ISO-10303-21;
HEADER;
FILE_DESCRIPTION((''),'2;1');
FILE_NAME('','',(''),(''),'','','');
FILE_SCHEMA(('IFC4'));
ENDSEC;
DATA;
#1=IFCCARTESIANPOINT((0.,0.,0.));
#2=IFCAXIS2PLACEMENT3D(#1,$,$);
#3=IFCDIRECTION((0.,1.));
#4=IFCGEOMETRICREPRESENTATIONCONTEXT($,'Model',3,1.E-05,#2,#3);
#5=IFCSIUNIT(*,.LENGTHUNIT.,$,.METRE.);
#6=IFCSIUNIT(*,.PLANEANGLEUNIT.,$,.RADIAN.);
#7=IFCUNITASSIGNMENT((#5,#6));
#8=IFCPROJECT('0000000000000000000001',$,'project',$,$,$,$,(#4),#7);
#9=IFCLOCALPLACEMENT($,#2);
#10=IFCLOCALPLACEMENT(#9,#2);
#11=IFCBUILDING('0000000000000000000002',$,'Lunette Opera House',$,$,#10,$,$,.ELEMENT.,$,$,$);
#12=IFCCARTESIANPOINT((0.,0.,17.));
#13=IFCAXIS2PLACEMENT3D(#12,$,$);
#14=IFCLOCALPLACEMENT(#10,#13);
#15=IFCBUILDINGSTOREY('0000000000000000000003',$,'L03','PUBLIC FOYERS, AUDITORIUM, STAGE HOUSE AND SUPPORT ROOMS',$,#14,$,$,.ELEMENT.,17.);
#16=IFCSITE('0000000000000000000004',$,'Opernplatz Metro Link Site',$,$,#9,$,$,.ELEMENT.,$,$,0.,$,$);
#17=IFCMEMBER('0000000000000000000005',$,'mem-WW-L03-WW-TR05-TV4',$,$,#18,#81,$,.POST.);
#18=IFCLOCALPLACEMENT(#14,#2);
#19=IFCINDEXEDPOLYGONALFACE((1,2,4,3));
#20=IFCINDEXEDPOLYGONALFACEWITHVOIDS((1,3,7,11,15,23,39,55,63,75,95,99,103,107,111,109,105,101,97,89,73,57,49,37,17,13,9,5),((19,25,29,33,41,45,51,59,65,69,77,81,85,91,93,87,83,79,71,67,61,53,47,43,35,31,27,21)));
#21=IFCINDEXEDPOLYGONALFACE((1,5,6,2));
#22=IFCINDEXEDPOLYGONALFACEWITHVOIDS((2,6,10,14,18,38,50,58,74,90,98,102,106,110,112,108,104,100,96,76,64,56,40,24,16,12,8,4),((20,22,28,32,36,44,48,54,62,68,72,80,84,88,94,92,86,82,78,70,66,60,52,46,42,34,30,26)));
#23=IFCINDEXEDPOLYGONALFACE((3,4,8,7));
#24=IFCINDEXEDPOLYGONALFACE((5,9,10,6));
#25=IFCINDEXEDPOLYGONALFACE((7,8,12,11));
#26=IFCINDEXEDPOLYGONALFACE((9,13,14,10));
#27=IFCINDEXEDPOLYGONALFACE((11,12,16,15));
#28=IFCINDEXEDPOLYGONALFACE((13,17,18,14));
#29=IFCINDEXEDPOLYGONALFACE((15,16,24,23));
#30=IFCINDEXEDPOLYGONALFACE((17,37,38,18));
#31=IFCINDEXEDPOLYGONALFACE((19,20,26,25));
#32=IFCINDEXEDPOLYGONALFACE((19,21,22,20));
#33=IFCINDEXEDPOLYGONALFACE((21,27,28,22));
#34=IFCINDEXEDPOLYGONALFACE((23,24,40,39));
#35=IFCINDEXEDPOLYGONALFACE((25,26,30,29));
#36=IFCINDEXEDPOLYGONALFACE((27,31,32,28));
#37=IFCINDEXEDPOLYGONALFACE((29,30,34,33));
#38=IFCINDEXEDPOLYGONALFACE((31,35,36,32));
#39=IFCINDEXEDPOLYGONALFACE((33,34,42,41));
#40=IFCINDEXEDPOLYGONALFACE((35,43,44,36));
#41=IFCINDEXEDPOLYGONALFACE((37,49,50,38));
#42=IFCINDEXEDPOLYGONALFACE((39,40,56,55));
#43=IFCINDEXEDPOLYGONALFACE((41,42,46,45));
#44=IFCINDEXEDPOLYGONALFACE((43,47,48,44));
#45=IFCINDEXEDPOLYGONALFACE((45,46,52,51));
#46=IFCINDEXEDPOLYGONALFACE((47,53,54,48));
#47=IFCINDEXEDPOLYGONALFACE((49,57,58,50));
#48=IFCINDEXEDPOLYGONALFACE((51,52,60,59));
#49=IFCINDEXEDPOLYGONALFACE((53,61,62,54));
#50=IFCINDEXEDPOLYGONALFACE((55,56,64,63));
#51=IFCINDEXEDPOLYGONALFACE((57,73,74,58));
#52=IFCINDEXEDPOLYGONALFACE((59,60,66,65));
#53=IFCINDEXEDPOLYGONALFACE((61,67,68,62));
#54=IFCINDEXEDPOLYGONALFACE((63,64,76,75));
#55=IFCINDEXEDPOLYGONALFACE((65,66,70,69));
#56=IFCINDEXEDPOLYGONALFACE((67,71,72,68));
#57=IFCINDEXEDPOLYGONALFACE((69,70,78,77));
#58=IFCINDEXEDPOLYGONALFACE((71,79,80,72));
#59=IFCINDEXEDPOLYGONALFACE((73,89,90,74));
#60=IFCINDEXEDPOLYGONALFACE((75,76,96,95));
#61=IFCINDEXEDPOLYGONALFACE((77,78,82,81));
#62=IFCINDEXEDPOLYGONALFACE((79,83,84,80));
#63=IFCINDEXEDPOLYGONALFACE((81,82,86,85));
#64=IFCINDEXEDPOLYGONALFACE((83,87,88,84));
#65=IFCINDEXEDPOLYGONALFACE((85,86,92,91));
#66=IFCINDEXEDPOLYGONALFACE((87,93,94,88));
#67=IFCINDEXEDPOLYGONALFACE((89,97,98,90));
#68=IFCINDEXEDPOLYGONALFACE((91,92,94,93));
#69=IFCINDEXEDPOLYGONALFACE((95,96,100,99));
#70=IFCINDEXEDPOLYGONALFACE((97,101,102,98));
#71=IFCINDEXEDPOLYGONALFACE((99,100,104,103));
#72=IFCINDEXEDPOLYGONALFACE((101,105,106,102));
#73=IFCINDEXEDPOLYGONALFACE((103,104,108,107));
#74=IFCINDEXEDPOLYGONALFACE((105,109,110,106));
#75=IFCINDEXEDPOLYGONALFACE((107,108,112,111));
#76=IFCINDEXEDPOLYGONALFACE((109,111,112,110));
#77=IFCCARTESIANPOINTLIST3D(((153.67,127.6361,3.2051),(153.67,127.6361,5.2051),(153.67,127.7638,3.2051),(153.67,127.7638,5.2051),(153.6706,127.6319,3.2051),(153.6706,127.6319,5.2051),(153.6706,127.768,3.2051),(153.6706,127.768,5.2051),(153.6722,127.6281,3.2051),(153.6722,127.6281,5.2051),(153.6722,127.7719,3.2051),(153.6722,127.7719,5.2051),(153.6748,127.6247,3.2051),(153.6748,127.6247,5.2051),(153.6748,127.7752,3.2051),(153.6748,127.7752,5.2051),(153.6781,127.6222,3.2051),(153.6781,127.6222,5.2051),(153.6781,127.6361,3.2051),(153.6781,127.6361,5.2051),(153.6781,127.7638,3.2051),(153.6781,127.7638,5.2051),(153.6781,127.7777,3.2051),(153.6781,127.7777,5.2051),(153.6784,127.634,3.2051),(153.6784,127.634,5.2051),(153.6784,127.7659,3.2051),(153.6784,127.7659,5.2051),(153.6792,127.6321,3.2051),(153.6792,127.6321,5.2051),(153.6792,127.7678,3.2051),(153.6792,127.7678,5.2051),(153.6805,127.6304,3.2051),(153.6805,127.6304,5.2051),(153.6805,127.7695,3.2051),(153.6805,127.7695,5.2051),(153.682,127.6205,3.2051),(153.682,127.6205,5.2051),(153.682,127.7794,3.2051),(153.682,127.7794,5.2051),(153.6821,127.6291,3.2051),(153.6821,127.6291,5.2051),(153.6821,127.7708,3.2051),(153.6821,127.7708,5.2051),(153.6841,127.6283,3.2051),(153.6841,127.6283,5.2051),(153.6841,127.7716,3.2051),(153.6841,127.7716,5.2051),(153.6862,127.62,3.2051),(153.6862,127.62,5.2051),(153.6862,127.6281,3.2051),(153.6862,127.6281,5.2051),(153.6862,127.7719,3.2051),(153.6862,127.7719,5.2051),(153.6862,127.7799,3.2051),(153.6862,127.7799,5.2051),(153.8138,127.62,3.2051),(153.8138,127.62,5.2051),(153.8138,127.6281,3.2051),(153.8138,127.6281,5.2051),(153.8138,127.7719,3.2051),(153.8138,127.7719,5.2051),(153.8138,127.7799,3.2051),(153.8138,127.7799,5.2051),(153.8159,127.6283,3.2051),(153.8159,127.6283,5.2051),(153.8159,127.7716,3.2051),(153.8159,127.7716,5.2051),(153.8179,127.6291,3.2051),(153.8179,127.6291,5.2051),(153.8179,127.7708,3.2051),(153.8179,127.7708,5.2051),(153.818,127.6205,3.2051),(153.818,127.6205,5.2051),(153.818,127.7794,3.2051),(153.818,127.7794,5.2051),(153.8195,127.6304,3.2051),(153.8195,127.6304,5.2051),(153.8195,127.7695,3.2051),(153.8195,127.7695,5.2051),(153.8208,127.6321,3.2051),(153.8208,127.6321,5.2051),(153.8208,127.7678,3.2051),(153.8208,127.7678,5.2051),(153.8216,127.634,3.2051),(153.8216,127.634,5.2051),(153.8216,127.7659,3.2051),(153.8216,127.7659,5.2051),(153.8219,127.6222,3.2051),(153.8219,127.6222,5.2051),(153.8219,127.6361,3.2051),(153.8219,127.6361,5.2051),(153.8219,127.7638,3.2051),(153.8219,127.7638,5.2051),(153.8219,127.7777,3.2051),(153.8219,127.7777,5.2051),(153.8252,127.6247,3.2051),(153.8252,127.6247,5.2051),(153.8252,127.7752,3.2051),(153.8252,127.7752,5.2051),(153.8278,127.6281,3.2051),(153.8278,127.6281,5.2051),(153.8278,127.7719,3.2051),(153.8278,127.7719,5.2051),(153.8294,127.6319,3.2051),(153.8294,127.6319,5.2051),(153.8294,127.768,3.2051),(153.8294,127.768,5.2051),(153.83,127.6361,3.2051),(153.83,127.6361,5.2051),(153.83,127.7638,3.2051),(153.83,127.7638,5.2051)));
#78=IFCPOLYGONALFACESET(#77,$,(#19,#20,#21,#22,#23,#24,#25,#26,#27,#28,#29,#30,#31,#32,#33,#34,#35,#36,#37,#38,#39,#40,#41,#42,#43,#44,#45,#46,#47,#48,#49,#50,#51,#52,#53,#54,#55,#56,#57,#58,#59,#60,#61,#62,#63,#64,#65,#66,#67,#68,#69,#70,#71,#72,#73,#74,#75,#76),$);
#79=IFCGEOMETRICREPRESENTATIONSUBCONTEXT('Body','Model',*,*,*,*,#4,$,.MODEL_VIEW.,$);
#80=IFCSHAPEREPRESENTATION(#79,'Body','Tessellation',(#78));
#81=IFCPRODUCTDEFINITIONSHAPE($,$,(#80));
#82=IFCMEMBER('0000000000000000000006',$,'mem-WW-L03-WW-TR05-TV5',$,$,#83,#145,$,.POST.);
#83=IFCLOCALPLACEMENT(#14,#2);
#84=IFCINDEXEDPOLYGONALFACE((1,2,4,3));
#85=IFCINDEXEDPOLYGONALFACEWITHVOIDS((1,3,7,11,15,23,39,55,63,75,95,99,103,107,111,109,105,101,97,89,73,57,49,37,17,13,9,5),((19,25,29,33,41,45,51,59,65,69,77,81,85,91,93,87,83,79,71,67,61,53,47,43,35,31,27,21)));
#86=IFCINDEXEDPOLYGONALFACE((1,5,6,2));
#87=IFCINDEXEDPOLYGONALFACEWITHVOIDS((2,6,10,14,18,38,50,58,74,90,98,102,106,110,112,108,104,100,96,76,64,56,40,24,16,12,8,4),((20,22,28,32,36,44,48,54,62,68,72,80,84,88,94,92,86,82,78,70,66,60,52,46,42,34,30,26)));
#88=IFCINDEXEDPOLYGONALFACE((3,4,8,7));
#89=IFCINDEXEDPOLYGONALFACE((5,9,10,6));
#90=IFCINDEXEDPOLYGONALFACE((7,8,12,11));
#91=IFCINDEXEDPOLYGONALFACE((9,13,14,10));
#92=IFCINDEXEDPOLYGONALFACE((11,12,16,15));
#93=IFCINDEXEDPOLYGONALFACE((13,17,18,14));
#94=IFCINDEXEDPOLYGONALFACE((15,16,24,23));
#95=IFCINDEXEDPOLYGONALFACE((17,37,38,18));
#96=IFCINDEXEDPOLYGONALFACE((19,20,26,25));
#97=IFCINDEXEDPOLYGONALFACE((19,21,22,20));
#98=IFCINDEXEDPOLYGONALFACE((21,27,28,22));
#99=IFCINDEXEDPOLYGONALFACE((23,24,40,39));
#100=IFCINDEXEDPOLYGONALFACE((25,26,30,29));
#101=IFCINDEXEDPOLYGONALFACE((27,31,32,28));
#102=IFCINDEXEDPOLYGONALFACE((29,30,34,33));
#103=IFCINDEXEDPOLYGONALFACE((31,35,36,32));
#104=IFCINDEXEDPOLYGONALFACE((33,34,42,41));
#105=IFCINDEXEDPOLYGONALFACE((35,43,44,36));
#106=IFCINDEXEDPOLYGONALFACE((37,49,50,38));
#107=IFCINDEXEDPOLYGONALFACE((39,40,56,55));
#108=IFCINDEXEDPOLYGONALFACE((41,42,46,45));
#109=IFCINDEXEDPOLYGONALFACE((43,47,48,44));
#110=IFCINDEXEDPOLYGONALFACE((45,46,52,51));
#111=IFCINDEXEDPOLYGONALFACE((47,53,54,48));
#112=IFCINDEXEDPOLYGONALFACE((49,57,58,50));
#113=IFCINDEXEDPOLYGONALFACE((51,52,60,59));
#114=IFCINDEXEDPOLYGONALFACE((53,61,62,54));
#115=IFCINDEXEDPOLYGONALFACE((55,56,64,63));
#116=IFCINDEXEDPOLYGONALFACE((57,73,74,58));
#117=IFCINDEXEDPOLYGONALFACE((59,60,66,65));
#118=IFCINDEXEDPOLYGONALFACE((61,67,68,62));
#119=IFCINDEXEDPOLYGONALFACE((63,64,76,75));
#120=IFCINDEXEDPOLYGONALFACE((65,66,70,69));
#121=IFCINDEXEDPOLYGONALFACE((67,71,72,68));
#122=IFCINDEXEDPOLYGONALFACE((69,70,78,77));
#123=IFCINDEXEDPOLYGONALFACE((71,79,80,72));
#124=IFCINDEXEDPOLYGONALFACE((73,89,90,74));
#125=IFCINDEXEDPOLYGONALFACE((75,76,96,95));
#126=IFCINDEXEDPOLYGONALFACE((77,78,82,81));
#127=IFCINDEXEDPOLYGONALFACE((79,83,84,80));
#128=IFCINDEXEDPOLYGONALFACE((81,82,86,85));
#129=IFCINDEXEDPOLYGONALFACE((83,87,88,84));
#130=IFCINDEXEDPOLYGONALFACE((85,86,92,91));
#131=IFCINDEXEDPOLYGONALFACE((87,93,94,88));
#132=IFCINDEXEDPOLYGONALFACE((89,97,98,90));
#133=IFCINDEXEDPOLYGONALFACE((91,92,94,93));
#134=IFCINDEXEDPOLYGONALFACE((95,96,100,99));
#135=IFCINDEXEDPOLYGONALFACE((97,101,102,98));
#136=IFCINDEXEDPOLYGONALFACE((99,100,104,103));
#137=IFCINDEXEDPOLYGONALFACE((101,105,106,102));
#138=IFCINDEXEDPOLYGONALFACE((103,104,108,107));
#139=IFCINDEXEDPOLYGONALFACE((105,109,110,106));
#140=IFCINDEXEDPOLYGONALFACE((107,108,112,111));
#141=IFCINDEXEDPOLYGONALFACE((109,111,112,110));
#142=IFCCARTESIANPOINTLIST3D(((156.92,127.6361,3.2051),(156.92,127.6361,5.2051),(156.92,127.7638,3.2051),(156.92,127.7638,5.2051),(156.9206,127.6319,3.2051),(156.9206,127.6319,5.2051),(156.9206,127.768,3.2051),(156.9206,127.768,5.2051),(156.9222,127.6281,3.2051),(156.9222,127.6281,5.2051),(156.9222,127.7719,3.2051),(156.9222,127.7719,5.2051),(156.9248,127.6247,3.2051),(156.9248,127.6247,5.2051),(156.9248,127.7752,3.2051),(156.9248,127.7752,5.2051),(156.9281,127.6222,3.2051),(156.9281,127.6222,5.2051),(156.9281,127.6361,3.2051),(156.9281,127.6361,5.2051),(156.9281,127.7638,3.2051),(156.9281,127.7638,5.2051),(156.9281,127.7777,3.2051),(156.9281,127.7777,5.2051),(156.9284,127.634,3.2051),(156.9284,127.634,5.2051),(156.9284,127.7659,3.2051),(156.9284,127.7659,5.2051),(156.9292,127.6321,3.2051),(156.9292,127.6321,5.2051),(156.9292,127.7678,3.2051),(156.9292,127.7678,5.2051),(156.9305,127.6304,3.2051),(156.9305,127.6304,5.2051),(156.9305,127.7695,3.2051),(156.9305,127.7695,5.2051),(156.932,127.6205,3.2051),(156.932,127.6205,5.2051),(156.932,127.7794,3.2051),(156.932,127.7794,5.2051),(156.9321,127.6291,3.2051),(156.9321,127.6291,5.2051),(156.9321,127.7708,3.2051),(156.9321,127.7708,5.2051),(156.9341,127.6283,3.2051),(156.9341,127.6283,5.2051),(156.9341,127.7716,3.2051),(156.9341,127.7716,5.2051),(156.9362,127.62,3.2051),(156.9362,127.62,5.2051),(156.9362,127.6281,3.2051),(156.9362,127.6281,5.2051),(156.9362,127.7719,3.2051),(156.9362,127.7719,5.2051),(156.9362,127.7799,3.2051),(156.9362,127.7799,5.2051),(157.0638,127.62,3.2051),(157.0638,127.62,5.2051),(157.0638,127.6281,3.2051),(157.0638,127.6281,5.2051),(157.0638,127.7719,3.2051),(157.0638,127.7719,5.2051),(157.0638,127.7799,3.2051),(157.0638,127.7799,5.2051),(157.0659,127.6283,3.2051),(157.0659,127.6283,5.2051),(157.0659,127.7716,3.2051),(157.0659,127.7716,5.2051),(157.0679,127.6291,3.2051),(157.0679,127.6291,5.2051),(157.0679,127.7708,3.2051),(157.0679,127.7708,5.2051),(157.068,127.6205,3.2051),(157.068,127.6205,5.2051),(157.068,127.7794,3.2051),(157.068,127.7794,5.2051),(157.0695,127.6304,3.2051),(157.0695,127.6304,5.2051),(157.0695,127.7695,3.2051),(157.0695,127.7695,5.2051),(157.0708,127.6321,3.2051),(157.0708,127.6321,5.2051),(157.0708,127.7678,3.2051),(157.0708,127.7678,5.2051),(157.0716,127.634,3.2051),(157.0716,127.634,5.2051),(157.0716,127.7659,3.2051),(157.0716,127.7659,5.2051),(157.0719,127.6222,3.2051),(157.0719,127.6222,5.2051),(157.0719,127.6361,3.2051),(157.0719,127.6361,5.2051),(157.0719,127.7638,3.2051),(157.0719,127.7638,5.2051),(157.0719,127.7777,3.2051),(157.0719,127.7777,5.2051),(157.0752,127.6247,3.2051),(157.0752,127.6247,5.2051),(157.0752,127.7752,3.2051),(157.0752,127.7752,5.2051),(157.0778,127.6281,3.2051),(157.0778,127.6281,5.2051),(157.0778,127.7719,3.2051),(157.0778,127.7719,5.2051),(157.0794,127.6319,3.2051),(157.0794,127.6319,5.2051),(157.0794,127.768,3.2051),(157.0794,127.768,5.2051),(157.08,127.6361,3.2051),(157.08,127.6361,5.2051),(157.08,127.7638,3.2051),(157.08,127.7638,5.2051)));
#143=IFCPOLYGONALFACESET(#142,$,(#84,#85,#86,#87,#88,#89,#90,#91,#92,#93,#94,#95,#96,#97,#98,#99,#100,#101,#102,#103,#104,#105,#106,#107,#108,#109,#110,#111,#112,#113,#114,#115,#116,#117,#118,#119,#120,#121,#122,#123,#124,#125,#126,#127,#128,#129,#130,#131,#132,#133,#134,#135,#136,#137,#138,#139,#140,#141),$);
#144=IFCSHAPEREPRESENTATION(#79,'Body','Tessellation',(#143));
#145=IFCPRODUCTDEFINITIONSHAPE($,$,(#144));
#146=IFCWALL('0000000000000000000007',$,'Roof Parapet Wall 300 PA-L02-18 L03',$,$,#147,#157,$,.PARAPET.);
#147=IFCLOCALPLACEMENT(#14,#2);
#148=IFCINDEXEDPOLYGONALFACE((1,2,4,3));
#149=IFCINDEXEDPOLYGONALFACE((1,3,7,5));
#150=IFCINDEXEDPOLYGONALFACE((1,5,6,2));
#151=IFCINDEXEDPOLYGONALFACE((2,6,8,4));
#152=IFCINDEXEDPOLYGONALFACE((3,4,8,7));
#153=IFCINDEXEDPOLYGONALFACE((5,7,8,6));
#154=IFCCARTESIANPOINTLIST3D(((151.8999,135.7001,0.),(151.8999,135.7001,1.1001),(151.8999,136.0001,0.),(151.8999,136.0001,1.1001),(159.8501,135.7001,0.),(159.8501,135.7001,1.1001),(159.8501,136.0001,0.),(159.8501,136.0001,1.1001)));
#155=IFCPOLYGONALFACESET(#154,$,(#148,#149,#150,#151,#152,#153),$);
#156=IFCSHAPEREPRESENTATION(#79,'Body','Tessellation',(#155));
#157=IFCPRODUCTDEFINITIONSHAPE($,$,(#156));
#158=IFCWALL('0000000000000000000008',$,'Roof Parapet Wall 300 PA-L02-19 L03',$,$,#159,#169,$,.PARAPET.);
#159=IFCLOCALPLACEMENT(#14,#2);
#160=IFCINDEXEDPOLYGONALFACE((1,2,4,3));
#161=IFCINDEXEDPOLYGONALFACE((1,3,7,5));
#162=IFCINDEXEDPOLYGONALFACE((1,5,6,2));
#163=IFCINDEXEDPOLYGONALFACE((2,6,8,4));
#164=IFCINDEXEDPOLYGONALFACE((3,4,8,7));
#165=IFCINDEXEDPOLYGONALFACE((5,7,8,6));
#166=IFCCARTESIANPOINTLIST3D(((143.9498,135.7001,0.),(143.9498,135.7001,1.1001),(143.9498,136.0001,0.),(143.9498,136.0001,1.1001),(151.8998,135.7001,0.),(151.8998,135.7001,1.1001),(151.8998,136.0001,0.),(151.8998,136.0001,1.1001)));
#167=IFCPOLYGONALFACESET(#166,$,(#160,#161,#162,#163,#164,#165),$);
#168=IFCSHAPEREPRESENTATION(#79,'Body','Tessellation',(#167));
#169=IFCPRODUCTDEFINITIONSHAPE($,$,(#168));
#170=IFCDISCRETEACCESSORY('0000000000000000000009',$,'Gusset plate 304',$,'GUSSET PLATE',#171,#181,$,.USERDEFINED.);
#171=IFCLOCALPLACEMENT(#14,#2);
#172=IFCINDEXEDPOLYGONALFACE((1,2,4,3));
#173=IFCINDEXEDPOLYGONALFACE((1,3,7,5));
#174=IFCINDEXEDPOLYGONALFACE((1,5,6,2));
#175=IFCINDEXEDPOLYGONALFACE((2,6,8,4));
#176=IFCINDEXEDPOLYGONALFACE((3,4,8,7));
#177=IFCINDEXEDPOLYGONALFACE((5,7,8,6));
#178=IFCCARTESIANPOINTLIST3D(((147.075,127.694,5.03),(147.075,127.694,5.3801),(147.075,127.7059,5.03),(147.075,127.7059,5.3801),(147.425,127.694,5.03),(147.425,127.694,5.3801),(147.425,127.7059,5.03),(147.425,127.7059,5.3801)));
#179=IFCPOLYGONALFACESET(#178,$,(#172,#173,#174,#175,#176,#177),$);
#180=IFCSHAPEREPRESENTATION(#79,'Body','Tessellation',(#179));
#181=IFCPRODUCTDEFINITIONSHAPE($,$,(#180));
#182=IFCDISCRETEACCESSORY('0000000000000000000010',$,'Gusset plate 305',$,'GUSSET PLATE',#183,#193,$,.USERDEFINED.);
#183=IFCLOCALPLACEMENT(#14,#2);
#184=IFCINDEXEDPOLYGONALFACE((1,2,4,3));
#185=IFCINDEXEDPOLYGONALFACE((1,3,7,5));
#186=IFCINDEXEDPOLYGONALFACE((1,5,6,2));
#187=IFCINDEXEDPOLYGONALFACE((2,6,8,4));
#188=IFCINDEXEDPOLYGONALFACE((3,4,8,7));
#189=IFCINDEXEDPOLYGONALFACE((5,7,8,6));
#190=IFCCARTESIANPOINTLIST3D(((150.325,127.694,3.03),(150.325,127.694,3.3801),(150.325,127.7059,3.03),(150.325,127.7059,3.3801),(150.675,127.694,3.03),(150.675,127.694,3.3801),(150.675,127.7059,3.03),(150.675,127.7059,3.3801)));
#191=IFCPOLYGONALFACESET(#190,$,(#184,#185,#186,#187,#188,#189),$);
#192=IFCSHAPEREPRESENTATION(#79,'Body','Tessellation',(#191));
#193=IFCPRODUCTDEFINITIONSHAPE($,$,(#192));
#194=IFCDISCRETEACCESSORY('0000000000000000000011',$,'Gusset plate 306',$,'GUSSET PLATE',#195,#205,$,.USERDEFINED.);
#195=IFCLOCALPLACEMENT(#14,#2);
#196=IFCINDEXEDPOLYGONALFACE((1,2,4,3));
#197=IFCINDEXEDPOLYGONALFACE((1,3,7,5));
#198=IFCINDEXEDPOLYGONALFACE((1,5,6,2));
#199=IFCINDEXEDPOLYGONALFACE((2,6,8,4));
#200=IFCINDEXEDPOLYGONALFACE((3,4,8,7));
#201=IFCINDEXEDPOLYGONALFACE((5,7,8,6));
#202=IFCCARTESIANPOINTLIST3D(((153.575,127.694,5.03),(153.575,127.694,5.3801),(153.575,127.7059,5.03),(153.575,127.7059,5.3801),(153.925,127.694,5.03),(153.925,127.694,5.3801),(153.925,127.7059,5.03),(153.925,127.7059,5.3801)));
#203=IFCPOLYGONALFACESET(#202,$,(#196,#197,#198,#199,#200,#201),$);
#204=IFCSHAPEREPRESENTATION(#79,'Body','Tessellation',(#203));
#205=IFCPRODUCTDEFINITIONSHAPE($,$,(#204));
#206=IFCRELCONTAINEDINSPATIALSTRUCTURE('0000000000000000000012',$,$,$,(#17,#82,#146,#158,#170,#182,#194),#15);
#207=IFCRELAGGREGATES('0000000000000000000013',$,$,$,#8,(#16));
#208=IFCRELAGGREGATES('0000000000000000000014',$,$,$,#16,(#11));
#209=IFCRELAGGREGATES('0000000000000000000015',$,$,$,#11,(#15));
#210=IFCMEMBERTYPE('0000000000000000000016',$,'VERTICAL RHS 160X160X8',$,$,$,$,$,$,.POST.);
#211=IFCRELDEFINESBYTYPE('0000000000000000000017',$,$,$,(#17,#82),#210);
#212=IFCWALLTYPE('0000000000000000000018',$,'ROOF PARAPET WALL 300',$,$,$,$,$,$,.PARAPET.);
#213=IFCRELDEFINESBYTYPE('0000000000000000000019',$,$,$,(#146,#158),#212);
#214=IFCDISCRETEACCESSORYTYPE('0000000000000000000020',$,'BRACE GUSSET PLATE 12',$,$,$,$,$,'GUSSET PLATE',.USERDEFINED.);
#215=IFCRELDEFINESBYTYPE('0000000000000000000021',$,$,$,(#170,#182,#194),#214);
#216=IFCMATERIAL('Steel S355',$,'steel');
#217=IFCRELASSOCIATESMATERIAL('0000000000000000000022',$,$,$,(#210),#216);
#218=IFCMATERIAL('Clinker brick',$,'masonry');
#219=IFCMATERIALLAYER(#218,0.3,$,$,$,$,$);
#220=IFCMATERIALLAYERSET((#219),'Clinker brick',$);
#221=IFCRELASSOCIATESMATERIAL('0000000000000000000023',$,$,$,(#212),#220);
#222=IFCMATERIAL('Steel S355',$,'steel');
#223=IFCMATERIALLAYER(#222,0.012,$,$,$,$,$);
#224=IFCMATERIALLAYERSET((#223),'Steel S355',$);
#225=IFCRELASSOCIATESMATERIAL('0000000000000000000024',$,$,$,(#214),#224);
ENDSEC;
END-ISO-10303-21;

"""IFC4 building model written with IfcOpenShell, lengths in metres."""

from ifc_helpers import new_model, si_unit, direction, frame, frame_2d, origin, origin_2d, place, context, subcontext, project, spatial, rectangle, hollow_rectangle, extrude, material, layer, layer_set, material_profile, profile_set, type_object, element, save


model = new_model("IFC4")

# Units and contexts
model_context = context("Model", 3, precision=1e-05, world=origin(), true_north=direction((0.0, 1.0)))
body_context = subcontext(model_context, "Body", "Model", "MODEL_VIEW")
ifc_project = project(units=[si_unit("LENGTHUNIT", "METRE"), si_unit("PLANEANGLEUNIT", "RADIAN")], contexts=[model_context])

# Site, building, storey
site_placement = place(None, origin())
site = spatial("IfcSite", under=ifc_project, at=site_placement, Name="Opernplatz Metro Link Site", CompositionType="ELEMENT", RefElevation=0.0)
building_placement = place(site_placement, origin())
building = spatial("IfcBuilding", under=site, at=building_placement, Name="Lunette Opera House", CompositionType="ELEMENT")
storey_placement = place(building_placement, frame((0.0, 0.0, 17.0)))
storey = spatial("IfcBuildingStorey", under=building, at=storey_placement, Name="L03", Description="PUBLIC FOYERS, AUDITORIUM, STAGE HOUSE AND SUPPORT ROOMS", CompositionType="ELEMENT", Elevation=17.0)

# Members
ifc_material_1 = material(Name="Steel S355", Category="steel")
ifc_material_profile_1 = material_profile(ifc_material_1, hollow_rectangle(XDim=0.1599, YDim=0.1599, WallThickness=0.0081, InnerFilletRadius=0.0081, OuterFilletRadius=0.0161, at=origin_2d()), Name="RHS 160X160X8")
ifc_profile_set_1 = profile_set([ifc_material_profile_1], Name="Steel S355")
member_type_1 = type_object("IfcMemberType", Name="VERTICAL RHS 160X160X8", PredefinedType="POST", material=ifc_profile_set_1)
for number, where, z_axis, x_axis, name in (
    (1, (153.75, 127.7, 3.2051), (0.0, 0.0, 1.0), (1.0, 0.0, 0.0), "mem-WW-L03-WW-TR05-TV4"),
    (2, (157.0, 127.7, 3.2051), (0.0, 0.0, 1.0), (1.0, 0.0, 0.0), "mem-WW-L03-WW-TR05-TV5"),
):
    element("IfcMember", number, at=place(storey_placement, frame(where, z_axis=z_axis, x_axis=x_axis)), inside=storey, type_object=member_type_1, Name=name, PredefinedType="POST", context=body_context, shape_type="SweptSolid", body=[
        extrude(hollow_rectangle(XDim=0.1599, YDim=0.1599, WallThickness=0.0081, InnerFilletRadius=0.0081, OuterFilletRadius=0.0161, at=origin_2d()), origin(), (0.0, 0.0, 1.0), 2.0),
    ])

# Walls
ifc_material_2 = material(Name="Clinker brick", Category="masonry")
ifc_layer_1 = layer(ifc_material_2, 0.3)
ifc_layer_set_1 = layer_set([ifc_layer_1], Name="Clinker brick")
wall_type = type_object("IfcWallType", Name="ROOF PARAPET WALL 300", PredefinedType="PARAPET", material=ifc_layer_set_1)
wall_1_placement = place(storey_placement, frame((159.8501, 135.8501, 0.0), z_axis=(0.0, 0.0, 1.0), x_axis=(-1.0, 0.0, 0.0)))
element("IfcWall", 3, at=wall_1_placement, inside=storey, type_object=wall_type, Name="Roof Parapet Wall 300 PA-L02-18 L03", PredefinedType="PARAPET", context=body_context, shape_type="SweptSolid", body=[
    extrude(rectangle(XDim=7.9502, YDim=0.3, at=frame_2d((3.9751, 0.0))), origin(), (0.0, 0.0, 1.0), 1.1001),
])
wall_2_placement = place(storey_placement, frame((151.8999, 135.8501, 0.0), z_axis=(0.0, 0.0, 1.0), x_axis=(-1.0, 0.0, 0.0)))
element("IfcWall", 4, at=wall_2_placement, inside=storey, type_object=wall_type, Name="Roof Parapet Wall 300 PA-L02-19 L03", PredefinedType="PARAPET", context=body_context, shape_type="SweptSolid", body=[
    extrude(rectangle(XDim=7.95, YDim=0.3, at=frame_2d((3.9751, 0.0))), origin(), (0.0, 0.0, 1.0), 1.1001),
])

# Discrete accessories
ifc_material_3 = material(Name="Steel S355", Category="steel")
ifc_layer_2 = layer(ifc_material_3, 0.012)
ifc_layer_set_2 = layer_set([ifc_layer_2], Name="Steel S355")
discrete_accessory_type = type_object("IfcDiscreteAccessoryType", Name="BRACE GUSSET PLATE 12", ElementType="GUSSET PLATE", PredefinedType="USERDEFINED", material=ifc_layer_set_2)
for number, where, z_axis, x_axis, name in (
    (5, (147.25, 127.7, 5.03), (0.0, 0.0, 1.0), (1.0, 0.0, 0.0), "Gusset plate 304"),
    (6, (150.5, 127.7, 3.03), (0.0, 0.0, 1.0), (1.0, 0.0, 0.0), "Gusset plate 305"),
    (7, (153.75, 127.7, 5.03), (0.0, 0.0, 1.0), (1.0, 0.0, 0.0), "Gusset plate 306"),
):
    element("IfcDiscreteAccessory", number, at=place(storey_placement, frame(where, z_axis=z_axis, x_axis=x_axis)), inside=storey, type_object=discrete_accessory_type, Name=name, ObjectType="GUSSET PLATE", PredefinedType="USERDEFINED", context=body_context, shape_type="SweptSolid", body=[
        extrude(rectangle(XDim=0.3501, YDim=0.012, at=origin_2d()), origin(), (0.0, 0.0, 1.0), 0.3501),
    ])

save(model, "model.ifc")
